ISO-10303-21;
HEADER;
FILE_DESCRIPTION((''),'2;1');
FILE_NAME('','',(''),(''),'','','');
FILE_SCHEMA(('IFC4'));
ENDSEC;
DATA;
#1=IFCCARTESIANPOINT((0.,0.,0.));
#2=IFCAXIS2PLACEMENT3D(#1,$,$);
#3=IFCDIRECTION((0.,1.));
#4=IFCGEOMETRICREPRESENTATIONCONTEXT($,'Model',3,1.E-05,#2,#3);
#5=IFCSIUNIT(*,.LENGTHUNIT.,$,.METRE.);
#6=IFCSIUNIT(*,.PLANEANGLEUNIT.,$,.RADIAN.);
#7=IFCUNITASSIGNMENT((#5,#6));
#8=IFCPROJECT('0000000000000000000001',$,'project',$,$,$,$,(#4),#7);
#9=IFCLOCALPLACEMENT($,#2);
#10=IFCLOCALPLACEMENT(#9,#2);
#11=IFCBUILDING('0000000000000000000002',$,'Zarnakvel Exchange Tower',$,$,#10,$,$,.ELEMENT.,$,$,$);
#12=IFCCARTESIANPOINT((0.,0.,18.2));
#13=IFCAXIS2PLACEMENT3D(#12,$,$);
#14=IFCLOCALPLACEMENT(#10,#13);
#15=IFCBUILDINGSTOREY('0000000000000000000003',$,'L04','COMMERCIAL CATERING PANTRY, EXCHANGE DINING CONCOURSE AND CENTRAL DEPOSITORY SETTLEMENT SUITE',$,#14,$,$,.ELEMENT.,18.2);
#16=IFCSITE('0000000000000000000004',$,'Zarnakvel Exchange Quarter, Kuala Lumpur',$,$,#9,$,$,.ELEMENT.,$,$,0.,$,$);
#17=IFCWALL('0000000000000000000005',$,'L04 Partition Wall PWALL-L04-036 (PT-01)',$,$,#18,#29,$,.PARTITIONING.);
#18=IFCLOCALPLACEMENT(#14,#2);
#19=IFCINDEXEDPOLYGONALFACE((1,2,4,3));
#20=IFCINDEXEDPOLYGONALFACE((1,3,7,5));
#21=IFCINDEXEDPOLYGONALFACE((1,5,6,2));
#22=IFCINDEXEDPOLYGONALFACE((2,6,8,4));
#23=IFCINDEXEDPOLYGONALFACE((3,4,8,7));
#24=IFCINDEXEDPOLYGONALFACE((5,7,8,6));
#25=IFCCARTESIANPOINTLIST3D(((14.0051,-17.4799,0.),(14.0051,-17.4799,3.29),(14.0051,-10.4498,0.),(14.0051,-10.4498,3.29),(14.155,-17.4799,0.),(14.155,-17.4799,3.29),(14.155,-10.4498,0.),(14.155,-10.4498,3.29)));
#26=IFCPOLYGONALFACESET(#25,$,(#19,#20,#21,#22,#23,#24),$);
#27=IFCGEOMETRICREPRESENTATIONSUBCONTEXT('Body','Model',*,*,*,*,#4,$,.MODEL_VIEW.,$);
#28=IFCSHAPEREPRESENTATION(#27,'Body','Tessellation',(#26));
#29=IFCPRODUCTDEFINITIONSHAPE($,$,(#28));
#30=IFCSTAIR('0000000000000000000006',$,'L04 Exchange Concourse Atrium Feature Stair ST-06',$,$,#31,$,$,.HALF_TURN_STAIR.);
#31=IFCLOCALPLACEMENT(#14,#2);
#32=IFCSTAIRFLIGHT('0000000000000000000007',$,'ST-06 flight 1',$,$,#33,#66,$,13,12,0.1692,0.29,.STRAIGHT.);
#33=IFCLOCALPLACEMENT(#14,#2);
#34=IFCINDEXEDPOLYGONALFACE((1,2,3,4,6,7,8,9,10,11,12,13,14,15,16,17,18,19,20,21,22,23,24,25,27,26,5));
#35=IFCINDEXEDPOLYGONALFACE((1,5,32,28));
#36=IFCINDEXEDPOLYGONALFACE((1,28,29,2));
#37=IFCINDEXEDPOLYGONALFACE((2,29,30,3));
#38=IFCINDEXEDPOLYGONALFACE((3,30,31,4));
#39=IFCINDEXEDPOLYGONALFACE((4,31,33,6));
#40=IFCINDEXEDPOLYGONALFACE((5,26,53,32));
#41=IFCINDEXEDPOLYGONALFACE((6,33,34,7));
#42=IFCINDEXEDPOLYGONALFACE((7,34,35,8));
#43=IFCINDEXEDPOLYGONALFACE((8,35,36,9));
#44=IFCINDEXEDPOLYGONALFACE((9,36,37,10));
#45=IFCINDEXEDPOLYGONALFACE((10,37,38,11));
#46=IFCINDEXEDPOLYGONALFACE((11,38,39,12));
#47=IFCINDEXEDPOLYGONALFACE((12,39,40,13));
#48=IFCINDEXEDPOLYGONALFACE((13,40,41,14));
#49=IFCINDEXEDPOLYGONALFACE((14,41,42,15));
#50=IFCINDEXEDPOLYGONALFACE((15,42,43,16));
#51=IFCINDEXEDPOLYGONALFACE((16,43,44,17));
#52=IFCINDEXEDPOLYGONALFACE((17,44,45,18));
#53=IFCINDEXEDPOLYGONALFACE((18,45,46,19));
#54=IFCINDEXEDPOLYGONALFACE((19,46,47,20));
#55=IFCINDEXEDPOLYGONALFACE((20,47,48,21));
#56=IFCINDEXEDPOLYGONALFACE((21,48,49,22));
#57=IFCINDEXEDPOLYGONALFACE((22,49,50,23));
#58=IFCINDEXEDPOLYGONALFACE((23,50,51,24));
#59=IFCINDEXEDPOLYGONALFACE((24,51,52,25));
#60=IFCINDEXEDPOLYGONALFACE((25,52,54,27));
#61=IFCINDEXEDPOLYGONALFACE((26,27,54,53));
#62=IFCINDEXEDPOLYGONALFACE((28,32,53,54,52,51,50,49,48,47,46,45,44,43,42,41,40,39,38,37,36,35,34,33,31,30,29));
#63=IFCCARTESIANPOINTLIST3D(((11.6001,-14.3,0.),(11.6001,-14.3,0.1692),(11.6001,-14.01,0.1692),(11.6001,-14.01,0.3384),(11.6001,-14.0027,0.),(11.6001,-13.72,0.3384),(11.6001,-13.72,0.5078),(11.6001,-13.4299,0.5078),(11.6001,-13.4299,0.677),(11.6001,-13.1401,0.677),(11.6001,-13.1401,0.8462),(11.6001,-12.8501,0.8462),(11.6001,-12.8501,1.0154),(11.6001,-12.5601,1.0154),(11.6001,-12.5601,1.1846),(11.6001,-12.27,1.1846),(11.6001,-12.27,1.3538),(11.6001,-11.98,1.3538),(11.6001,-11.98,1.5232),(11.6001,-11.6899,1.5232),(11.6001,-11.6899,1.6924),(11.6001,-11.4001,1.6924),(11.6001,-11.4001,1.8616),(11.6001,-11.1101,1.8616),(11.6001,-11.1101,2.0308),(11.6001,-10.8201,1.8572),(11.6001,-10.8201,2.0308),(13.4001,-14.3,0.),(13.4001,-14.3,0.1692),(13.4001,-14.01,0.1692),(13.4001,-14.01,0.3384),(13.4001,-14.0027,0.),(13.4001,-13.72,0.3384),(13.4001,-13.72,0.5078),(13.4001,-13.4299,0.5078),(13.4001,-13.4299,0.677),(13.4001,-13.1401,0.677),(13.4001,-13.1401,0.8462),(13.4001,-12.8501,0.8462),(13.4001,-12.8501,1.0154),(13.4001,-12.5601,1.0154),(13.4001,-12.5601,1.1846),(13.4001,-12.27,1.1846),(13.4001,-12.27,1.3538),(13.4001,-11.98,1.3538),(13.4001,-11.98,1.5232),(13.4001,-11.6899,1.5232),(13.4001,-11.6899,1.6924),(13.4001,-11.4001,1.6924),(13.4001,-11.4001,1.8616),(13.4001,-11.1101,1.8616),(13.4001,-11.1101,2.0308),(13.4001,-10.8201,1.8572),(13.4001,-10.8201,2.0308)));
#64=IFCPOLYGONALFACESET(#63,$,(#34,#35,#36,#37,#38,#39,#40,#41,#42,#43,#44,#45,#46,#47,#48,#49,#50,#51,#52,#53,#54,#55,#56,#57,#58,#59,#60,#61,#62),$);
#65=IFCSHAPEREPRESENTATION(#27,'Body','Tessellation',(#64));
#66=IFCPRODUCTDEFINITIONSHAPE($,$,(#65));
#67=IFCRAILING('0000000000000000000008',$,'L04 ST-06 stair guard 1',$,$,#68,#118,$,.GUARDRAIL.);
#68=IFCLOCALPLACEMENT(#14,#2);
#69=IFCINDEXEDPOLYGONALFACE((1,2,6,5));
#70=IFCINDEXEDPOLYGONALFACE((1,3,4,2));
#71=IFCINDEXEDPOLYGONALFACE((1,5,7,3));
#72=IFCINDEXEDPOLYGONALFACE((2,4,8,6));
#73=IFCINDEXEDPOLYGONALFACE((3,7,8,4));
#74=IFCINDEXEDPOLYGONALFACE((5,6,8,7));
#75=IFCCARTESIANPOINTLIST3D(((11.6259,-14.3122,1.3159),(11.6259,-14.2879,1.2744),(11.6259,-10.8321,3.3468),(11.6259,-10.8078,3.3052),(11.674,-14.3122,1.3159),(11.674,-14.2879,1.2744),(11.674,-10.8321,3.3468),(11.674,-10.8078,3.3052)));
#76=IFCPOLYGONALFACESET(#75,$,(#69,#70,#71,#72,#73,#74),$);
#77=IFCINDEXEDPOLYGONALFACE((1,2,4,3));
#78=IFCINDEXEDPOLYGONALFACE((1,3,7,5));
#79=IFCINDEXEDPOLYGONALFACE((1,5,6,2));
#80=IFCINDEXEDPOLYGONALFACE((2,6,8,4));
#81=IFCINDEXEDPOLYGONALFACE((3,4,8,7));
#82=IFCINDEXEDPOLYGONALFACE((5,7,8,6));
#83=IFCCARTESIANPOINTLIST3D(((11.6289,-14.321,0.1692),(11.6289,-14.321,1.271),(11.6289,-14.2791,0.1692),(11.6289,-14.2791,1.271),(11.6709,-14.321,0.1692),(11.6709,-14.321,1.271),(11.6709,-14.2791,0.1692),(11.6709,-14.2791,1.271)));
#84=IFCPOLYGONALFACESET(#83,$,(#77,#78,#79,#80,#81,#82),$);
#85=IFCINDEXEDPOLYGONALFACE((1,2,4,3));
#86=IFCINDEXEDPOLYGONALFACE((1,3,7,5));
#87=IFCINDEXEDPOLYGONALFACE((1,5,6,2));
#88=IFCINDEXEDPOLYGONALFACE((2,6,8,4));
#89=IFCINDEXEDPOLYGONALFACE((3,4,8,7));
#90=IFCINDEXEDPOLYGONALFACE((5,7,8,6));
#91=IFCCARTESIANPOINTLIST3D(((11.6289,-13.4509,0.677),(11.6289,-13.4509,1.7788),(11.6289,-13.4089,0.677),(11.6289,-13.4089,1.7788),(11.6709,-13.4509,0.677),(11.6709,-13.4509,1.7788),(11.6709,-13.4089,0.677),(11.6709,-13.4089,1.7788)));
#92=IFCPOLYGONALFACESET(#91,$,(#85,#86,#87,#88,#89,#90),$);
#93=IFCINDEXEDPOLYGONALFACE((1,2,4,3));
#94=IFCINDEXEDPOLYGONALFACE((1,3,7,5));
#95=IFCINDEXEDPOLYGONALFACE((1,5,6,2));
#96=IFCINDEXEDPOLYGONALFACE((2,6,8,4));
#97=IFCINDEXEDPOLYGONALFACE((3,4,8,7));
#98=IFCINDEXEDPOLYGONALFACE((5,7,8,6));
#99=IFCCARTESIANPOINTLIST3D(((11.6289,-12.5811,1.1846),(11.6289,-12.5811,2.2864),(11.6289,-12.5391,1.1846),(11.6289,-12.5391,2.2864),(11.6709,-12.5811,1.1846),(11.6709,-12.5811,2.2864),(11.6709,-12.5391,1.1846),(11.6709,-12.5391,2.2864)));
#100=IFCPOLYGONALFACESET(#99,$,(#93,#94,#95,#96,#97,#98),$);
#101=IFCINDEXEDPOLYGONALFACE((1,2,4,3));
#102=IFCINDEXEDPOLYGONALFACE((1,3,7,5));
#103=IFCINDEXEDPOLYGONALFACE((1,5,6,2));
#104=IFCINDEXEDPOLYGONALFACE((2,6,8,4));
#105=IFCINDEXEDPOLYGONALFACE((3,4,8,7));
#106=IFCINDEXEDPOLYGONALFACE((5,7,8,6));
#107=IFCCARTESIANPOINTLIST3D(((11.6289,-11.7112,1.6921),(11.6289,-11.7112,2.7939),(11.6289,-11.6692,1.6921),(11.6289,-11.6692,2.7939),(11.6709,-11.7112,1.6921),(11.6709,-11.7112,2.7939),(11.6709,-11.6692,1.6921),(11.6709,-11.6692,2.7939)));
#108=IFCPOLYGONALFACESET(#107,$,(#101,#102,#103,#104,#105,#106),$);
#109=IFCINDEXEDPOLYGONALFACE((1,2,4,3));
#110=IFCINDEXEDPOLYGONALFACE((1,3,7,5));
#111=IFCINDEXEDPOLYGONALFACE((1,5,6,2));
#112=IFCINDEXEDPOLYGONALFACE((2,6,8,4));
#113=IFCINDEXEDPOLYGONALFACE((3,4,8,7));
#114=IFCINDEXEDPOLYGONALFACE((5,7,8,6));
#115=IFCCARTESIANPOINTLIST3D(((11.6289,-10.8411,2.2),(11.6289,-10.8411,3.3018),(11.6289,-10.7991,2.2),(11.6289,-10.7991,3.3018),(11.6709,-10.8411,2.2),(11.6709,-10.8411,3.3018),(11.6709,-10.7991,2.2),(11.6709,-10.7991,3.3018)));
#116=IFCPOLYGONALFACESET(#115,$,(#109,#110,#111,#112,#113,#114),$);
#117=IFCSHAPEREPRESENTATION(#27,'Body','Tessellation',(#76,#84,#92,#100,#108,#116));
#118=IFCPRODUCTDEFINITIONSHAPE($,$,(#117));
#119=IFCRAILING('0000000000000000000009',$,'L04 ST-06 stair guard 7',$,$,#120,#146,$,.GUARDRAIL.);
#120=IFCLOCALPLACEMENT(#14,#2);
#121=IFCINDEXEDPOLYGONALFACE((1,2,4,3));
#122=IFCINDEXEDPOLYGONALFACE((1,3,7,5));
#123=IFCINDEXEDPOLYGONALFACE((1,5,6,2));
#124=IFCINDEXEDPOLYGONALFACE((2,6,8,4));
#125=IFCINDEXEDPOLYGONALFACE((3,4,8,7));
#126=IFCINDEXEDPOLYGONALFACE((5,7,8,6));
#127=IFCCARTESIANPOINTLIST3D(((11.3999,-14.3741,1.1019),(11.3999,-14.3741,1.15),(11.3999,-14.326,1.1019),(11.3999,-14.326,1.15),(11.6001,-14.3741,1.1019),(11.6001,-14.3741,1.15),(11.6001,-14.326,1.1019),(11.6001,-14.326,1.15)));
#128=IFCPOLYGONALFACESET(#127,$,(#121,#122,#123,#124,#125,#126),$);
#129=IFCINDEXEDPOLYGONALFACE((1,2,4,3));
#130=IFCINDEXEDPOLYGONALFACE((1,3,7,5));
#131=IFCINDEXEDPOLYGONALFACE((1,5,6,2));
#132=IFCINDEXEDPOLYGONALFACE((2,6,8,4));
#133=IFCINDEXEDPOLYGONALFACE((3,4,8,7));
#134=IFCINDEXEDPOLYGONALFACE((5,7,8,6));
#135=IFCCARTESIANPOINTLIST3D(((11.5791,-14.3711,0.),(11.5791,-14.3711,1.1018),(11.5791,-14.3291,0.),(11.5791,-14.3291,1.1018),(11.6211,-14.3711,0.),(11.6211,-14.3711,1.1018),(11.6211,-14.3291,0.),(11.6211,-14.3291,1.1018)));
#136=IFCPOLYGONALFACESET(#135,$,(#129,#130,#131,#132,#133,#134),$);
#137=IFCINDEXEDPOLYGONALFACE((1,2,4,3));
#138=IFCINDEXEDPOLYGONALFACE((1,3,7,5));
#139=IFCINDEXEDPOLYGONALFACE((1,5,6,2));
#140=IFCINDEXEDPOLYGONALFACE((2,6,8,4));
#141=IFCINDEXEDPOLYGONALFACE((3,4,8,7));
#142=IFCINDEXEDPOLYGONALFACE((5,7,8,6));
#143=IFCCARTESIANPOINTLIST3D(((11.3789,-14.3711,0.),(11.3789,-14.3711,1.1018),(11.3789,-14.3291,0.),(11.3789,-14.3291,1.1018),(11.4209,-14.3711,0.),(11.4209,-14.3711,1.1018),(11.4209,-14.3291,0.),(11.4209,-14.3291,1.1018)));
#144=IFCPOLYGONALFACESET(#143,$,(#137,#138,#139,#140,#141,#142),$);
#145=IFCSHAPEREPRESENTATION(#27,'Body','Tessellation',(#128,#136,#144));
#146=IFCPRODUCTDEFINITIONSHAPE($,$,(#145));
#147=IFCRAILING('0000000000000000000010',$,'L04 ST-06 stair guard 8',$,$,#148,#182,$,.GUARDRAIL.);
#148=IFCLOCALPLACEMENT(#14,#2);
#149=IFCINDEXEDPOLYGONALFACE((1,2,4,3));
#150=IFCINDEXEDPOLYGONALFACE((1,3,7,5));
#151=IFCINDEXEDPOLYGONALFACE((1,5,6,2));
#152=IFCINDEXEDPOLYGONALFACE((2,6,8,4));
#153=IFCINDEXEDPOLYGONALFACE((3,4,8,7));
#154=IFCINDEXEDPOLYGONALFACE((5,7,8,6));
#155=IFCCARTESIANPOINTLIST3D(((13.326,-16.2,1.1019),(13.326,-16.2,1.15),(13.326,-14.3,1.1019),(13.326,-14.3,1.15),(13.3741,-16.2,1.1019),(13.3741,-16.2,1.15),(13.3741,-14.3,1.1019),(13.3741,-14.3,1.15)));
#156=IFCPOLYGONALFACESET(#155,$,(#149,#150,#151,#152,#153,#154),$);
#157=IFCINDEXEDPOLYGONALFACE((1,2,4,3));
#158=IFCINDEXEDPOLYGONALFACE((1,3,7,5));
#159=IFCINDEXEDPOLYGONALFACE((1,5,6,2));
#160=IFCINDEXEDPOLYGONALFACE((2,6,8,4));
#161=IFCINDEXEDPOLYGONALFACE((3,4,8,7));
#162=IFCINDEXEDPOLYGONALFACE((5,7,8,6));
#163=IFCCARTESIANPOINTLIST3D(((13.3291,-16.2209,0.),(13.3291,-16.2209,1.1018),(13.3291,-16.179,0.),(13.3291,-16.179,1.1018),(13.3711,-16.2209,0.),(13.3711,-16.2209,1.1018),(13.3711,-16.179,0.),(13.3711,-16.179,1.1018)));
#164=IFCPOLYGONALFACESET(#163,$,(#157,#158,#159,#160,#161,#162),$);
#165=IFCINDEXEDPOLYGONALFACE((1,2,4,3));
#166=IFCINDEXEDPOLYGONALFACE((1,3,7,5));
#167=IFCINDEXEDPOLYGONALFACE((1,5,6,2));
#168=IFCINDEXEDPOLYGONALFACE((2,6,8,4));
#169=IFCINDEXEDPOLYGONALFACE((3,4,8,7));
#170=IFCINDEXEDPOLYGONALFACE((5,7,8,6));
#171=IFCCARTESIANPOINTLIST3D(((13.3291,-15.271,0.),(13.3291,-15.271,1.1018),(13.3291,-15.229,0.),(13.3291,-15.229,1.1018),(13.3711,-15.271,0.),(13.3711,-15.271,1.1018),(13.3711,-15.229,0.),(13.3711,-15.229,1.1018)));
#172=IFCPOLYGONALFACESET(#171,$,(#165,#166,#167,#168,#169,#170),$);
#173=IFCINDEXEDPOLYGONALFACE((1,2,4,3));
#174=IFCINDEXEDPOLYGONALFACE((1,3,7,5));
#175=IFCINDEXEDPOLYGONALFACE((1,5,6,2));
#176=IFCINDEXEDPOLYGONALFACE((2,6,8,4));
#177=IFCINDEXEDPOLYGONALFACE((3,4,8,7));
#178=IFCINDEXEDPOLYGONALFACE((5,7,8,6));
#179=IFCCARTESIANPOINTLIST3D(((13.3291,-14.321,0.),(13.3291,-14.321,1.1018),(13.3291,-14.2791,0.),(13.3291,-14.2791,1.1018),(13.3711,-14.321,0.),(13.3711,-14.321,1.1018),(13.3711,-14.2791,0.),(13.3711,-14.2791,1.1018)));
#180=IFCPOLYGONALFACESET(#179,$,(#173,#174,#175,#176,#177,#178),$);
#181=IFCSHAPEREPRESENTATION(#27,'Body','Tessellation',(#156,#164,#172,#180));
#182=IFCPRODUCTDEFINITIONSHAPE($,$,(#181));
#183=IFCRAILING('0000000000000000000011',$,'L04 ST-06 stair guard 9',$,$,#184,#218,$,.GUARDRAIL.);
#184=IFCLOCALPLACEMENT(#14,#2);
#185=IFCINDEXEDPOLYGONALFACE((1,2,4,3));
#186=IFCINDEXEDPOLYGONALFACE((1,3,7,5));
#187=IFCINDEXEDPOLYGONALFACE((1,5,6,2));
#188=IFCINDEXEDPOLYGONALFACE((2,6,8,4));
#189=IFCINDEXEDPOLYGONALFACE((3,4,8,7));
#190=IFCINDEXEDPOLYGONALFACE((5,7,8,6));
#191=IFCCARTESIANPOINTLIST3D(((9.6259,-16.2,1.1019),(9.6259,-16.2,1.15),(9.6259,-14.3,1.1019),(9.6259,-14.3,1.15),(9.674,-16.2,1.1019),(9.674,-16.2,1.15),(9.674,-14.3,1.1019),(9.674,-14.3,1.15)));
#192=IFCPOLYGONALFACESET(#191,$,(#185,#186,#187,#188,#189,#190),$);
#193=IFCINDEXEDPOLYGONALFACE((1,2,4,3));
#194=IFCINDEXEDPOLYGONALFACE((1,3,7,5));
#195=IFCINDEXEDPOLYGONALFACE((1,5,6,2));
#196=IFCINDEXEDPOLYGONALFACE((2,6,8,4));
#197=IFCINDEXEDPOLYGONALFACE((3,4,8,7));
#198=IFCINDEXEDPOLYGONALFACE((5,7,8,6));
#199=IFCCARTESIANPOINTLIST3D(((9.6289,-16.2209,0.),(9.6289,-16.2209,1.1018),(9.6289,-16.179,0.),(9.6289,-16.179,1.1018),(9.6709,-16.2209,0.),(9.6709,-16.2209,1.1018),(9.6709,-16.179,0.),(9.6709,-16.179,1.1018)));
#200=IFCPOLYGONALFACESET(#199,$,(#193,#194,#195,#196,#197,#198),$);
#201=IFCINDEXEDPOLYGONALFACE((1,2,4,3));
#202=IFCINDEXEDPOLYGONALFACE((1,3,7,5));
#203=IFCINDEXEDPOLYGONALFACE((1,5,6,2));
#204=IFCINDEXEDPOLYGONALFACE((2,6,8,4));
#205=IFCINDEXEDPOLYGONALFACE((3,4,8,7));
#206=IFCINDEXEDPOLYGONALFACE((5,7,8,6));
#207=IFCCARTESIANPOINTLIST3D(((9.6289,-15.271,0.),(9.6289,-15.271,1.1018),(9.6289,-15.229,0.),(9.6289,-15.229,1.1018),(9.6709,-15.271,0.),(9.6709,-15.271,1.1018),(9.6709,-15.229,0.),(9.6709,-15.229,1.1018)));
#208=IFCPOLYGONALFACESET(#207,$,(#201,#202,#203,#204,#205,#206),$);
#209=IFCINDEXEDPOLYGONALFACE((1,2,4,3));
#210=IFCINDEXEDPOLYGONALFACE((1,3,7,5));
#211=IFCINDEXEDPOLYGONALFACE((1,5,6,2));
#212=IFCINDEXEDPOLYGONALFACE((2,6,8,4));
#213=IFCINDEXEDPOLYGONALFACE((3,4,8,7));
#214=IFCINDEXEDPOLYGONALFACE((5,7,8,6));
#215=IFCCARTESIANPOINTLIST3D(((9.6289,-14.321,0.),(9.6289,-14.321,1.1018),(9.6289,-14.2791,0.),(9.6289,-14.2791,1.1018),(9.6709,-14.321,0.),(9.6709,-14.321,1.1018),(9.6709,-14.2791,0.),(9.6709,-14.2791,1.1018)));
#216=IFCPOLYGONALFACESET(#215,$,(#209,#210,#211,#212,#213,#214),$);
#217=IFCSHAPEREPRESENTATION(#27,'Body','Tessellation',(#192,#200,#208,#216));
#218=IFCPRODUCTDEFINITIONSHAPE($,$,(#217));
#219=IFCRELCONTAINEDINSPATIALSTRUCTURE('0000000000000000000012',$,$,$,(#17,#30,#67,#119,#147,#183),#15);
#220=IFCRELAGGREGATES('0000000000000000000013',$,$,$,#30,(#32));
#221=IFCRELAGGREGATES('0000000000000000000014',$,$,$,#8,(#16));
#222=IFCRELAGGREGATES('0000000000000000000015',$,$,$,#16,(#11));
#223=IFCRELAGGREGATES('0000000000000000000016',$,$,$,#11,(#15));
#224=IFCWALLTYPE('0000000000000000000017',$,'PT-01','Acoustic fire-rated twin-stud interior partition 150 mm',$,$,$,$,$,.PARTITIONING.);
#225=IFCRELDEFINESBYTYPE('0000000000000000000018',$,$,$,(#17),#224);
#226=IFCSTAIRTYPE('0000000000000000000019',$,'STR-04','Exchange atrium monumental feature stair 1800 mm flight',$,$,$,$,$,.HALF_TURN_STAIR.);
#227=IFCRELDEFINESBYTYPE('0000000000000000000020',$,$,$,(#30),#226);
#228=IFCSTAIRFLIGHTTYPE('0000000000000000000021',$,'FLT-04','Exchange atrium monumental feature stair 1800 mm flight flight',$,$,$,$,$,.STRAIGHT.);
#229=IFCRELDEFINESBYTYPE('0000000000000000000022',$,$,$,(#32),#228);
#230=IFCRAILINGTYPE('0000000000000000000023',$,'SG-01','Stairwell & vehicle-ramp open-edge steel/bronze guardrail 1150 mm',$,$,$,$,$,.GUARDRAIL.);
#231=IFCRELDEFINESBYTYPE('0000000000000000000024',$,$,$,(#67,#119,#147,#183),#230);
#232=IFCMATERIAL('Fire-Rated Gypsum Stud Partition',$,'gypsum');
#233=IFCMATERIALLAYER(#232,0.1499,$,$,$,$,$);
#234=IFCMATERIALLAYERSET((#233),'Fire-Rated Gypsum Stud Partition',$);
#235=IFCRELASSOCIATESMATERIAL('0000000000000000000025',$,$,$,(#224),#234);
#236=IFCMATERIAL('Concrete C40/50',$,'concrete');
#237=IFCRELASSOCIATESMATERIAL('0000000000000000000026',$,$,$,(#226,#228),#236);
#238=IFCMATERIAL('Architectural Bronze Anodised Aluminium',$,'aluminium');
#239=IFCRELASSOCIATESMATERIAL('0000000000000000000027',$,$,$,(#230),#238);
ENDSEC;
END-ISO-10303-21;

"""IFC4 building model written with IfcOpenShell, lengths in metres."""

from ifc_helpers import new_model, si_unit, direction, frame, frame_2d, origin, origin_2d, place, context, subcontext, project, spatial, polyline, rectangle, outline, extrude, material, layer, layer_set, type_object, element, aggregate, save


model = new_model("IFC4")

# Units and contexts
model_context = context("Model", 3, precision=1e-05, world=origin(), true_north=direction((0.0, 1.0)))
body_context = subcontext(model_context, "Body", "Model", "MODEL_VIEW")
ifc_project = project(units=[si_unit("LENGTHUNIT", "METRE"), si_unit("PLANEANGLEUNIT", "RADIAN")], contexts=[model_context])

# Site, building, storey
site_placement = place(None, origin())
site = spatial("IfcSite", under=ifc_project, at=site_placement, Name="Zarnakvel Exchange Quarter, Kuala Lumpur", CompositionType="ELEMENT", RefElevation=0.0)
building_placement = place(site_placement, origin())
building = spatial("IfcBuilding", under=site, at=building_placement, Name="Zarnakvel Exchange Tower", CompositionType="ELEMENT")
storey_placement = place(building_placement, frame((0.0, 0.0, 18.2)))
storey = spatial("IfcBuildingStorey", under=building, at=storey_placement, Name="L04", Description="COMMERCIAL CATERING PANTRY, EXCHANGE DINING CONCOURSE AND CENTRAL DEPOSITORY SETTLEMENT SUITE", CompositionType="ELEMENT", Elevation=18.2)

# Shared definitions
ifc_material_1 = material(Name="Architectural Bronze Anodised Aluminium", Category="aluminium")

# Wall
ifc_material_2 = material(Name="Fire-Rated Gypsum Stud Partition", Category="gypsum")
ifc_layer_1 = layer(ifc_material_2, 0.1499)
ifc_layer_set_1 = layer_set([ifc_layer_1], Name="Fire-Rated Gypsum Stud Partition")
wall_type = type_object("IfcWallType", Name="PT-01", Description="Acoustic fire-rated twin-stud interior partition 150 mm", PredefinedType="PARTITIONING", material=ifc_layer_set_1)
wall_placement = place(storey_placement, frame((14.0801, -17.48, 0.0), z_axis=(0.0, 0.0, 1.0), x_axis=(0.0, 1.0, 0.0)))
element("IfcWall", 1, at=wall_placement, inside=storey, type_object=wall_type, Name="L04 Partition Wall PWALL-L04-036 (PT-01)", PredefinedType="PARTITIONING", context=body_context, shape_type="SweptSolid", body=[
    extrude(rectangle(XDim=7.03, YDim=0.1499, at=frame_2d((3.5151, 0.0))), origin(), (0.0, 0.0, 1.0), 3.29),
])

# Stair, stair flight
ifc_material_3 = material(Name="Concrete C40/50", Category="concrete")
stair_type = type_object("IfcStairType", Name="STR-04", Description="Exchange atrium monumental feature stair 1800 mm flight", PredefinedType="HALF_TURN_STAIR", material=ifc_material_3)
stair_placement = place(storey_placement, origin())
stair = element("IfcStair", 2, at=stair_placement, inside=storey, type_object=stair_type, Name="L04 Exchange Concourse Atrium Feature Stair ST-06", PredefinedType="HALF_TURN_STAIR")
stair_flight_type = type_object("IfcStairFlightType", Name="FLT-04", Description="Exchange atrium monumental feature stair 1800 mm flight flight", PredefinedType="STRAIGHT", material=ifc_material_3)
stair_flight_placement = place(storey_placement, frame((12.5, -14.3, 0.0), z_axis=(0.0, 0.0, 1.0), x_axis=(0.0, 1.0, 0.0)))
stair_flight = element("IfcStairFlight", 3, at=stair_flight_placement, type_object=stair_flight_type, Name="ST-06 flight 1", NumberOfRisers=13, NumberOfTreads=12, PredefinedType="STRAIGHT", RiserHeight=0.1692, TreadLength=0.29, context=body_context, shape_type="SweptSolid", body=[
    extrude(outline(polyline([(0.0, 0.0), (0.0, 0.1692), (0.29, 0.1692), (0.29, 0.3384), (0.5801, 0.3384), (0.5801, 0.5078), (0.8701, 0.5078), (0.8701, 0.677), (1.1599, 0.677), (1.1599, 0.8462), (1.45, 0.8462), (1.45, 1.0154), (1.74, 1.0154), (1.74, 1.1846), (2.03, 1.1846), (2.03, 1.3538), (2.3201, 1.3538), (2.3201, 1.5232), (2.6101, 1.5232), (2.6101, 1.6924), (2.8999, 1.6924), (2.8999, 1.8616), (3.1899, 1.8616), (3.1899, 2.0308), (3.48, 2.0308), (3.48, 2.2), (3.48, 1.8572), (0.2974, 0.0), (0.0, 0.0)])), frame((0.0, 0.8999, 0.0), z_axis=(0.0, -1.0, 0.0), x_axis=(1.0, 0.0, 0.0)), (0.0, 0.0, 1.0), 1.8),
])
aggregate(stair, [stair_flight])

# Railings
railing_type = type_object("IfcRailingType", Name="SG-01", Description="Stairwell & vehicle-ramp open-edge steel/bronze guardrail 1150 mm", PredefinedType="GUARDRAIL", material=ifc_material_1)
railing_1_placement = place(storey_placement, frame((11.6499, -14.3, 0.1692)))
element("IfcRailing", 4, at=railing_1_placement, inside=storey, type_object=railing_type, Name="L04 ST-06 stair guard 1", PredefinedType="GUARDRAIL", context=body_context, shape_type="SweptSolid", body=[
    extrude(rectangle(XDim=0.0481, YDim=0.0481, at=origin_2d()), frame((0.0, 0.0, 1.126), z_axis=(0.0, 0.863695, 0.504014), x_axis=(-1.0, 0.0, 0.0)), (0.0, 0.0, 1.0), 4.0293),
    extrude(rectangle(XDim=0.042, YDim=0.042, at=origin_2d()), origin(), (0.0, 0.0, 1.0), 1.1018),
    extrude(rectangle(XDim=0.042, YDim=0.042, at=origin_2d()), frame((0.0, 0.8701, 0.5078)), (0.0, 0.0, 1.0), 1.1018),
    extrude(rectangle(XDim=0.042, YDim=0.042, at=origin_2d()), frame((0.0, 1.74, 1.0154)), (0.0, 0.0, 1.0), 1.1018),
    extrude(rectangle(XDim=0.042, YDim=0.042, at=origin_2d()), frame((0.0, 2.6099, 1.5229)), (0.0, 0.0, 1.0), 1.1018),
    extrude(rectangle(XDim=0.042, YDim=0.042, at=origin_2d()), frame((0.0, 3.48, 2.0308)), (0.0, 0.0, 1.0), 1.1018),
])
railing_2_placement = place(storey_placement, frame((11.6001, -14.3501, 0.0)))
element("IfcRailing", 5, at=railing_2_placement, inside=storey, type_object=railing_type, Name="L04 ST-06 stair guard 7", PredefinedType="GUARDRAIL", context=body_context, shape_type="SweptSolid", body=[
    extrude(rectangle(XDim=0.0481, YDim=0.0481, at=origin_2d()), frame((0.0, 0.0, 1.126), z_axis=(-1.0, 0.0, 0.0), x_axis=(0.0, -1.0, 0.0)), (0.0, 0.0, 1.0), 0.2002),
    extrude(rectangle(XDim=0.042, YDim=0.042, at=origin_2d()), origin(), (0.0, 0.0, 1.0), 1.1018),
    extrude(rectangle(XDim=0.042, YDim=0.042, at=origin_2d()), frame((-0.2002, 0.0, 0.0)), (0.0, 0.0, 1.0), 1.1018),
])
for number, where, name in (
    (6, (13.3501, -16.2, 0.0), "L04 ST-06 stair guard 8"),
    (7, (9.6499, -16.2, 0.0), "L04 ST-06 stair guard 9"),
):
    element("IfcRailing", number, at=place(storey_placement, frame(where)), inside=storey, type_object=railing_type, Name=name, PredefinedType="GUARDRAIL", context=body_context, shape_type="SweptSolid", body=[
        extrude(rectangle(XDim=0.0481, YDim=0.0481, at=origin_2d()), frame((0.0, 0.0, 1.126), z_axis=(0.0, 1.0, 0.0), x_axis=(-1.0, 0.0, 0.0)), (0.0, 0.0, 1.0), 1.8999),
        extrude(rectangle(XDim=0.042, YDim=0.042, at=origin_2d()), origin(), (0.0, 0.0, 1.0), 1.1018),
        extrude(rectangle(XDim=0.042, YDim=0.042, at=origin_2d()), frame((0.0, 0.95, 0.0)), (0.0, 0.0, 1.0), 1.1018),
        extrude(rectangle(XDim=0.042, YDim=0.042, at=origin_2d()), frame((0.0, 1.8999, 0.0)), (0.0, 0.0, 1.0), 1.1018),
    ])

save(model, "model.ifc")
